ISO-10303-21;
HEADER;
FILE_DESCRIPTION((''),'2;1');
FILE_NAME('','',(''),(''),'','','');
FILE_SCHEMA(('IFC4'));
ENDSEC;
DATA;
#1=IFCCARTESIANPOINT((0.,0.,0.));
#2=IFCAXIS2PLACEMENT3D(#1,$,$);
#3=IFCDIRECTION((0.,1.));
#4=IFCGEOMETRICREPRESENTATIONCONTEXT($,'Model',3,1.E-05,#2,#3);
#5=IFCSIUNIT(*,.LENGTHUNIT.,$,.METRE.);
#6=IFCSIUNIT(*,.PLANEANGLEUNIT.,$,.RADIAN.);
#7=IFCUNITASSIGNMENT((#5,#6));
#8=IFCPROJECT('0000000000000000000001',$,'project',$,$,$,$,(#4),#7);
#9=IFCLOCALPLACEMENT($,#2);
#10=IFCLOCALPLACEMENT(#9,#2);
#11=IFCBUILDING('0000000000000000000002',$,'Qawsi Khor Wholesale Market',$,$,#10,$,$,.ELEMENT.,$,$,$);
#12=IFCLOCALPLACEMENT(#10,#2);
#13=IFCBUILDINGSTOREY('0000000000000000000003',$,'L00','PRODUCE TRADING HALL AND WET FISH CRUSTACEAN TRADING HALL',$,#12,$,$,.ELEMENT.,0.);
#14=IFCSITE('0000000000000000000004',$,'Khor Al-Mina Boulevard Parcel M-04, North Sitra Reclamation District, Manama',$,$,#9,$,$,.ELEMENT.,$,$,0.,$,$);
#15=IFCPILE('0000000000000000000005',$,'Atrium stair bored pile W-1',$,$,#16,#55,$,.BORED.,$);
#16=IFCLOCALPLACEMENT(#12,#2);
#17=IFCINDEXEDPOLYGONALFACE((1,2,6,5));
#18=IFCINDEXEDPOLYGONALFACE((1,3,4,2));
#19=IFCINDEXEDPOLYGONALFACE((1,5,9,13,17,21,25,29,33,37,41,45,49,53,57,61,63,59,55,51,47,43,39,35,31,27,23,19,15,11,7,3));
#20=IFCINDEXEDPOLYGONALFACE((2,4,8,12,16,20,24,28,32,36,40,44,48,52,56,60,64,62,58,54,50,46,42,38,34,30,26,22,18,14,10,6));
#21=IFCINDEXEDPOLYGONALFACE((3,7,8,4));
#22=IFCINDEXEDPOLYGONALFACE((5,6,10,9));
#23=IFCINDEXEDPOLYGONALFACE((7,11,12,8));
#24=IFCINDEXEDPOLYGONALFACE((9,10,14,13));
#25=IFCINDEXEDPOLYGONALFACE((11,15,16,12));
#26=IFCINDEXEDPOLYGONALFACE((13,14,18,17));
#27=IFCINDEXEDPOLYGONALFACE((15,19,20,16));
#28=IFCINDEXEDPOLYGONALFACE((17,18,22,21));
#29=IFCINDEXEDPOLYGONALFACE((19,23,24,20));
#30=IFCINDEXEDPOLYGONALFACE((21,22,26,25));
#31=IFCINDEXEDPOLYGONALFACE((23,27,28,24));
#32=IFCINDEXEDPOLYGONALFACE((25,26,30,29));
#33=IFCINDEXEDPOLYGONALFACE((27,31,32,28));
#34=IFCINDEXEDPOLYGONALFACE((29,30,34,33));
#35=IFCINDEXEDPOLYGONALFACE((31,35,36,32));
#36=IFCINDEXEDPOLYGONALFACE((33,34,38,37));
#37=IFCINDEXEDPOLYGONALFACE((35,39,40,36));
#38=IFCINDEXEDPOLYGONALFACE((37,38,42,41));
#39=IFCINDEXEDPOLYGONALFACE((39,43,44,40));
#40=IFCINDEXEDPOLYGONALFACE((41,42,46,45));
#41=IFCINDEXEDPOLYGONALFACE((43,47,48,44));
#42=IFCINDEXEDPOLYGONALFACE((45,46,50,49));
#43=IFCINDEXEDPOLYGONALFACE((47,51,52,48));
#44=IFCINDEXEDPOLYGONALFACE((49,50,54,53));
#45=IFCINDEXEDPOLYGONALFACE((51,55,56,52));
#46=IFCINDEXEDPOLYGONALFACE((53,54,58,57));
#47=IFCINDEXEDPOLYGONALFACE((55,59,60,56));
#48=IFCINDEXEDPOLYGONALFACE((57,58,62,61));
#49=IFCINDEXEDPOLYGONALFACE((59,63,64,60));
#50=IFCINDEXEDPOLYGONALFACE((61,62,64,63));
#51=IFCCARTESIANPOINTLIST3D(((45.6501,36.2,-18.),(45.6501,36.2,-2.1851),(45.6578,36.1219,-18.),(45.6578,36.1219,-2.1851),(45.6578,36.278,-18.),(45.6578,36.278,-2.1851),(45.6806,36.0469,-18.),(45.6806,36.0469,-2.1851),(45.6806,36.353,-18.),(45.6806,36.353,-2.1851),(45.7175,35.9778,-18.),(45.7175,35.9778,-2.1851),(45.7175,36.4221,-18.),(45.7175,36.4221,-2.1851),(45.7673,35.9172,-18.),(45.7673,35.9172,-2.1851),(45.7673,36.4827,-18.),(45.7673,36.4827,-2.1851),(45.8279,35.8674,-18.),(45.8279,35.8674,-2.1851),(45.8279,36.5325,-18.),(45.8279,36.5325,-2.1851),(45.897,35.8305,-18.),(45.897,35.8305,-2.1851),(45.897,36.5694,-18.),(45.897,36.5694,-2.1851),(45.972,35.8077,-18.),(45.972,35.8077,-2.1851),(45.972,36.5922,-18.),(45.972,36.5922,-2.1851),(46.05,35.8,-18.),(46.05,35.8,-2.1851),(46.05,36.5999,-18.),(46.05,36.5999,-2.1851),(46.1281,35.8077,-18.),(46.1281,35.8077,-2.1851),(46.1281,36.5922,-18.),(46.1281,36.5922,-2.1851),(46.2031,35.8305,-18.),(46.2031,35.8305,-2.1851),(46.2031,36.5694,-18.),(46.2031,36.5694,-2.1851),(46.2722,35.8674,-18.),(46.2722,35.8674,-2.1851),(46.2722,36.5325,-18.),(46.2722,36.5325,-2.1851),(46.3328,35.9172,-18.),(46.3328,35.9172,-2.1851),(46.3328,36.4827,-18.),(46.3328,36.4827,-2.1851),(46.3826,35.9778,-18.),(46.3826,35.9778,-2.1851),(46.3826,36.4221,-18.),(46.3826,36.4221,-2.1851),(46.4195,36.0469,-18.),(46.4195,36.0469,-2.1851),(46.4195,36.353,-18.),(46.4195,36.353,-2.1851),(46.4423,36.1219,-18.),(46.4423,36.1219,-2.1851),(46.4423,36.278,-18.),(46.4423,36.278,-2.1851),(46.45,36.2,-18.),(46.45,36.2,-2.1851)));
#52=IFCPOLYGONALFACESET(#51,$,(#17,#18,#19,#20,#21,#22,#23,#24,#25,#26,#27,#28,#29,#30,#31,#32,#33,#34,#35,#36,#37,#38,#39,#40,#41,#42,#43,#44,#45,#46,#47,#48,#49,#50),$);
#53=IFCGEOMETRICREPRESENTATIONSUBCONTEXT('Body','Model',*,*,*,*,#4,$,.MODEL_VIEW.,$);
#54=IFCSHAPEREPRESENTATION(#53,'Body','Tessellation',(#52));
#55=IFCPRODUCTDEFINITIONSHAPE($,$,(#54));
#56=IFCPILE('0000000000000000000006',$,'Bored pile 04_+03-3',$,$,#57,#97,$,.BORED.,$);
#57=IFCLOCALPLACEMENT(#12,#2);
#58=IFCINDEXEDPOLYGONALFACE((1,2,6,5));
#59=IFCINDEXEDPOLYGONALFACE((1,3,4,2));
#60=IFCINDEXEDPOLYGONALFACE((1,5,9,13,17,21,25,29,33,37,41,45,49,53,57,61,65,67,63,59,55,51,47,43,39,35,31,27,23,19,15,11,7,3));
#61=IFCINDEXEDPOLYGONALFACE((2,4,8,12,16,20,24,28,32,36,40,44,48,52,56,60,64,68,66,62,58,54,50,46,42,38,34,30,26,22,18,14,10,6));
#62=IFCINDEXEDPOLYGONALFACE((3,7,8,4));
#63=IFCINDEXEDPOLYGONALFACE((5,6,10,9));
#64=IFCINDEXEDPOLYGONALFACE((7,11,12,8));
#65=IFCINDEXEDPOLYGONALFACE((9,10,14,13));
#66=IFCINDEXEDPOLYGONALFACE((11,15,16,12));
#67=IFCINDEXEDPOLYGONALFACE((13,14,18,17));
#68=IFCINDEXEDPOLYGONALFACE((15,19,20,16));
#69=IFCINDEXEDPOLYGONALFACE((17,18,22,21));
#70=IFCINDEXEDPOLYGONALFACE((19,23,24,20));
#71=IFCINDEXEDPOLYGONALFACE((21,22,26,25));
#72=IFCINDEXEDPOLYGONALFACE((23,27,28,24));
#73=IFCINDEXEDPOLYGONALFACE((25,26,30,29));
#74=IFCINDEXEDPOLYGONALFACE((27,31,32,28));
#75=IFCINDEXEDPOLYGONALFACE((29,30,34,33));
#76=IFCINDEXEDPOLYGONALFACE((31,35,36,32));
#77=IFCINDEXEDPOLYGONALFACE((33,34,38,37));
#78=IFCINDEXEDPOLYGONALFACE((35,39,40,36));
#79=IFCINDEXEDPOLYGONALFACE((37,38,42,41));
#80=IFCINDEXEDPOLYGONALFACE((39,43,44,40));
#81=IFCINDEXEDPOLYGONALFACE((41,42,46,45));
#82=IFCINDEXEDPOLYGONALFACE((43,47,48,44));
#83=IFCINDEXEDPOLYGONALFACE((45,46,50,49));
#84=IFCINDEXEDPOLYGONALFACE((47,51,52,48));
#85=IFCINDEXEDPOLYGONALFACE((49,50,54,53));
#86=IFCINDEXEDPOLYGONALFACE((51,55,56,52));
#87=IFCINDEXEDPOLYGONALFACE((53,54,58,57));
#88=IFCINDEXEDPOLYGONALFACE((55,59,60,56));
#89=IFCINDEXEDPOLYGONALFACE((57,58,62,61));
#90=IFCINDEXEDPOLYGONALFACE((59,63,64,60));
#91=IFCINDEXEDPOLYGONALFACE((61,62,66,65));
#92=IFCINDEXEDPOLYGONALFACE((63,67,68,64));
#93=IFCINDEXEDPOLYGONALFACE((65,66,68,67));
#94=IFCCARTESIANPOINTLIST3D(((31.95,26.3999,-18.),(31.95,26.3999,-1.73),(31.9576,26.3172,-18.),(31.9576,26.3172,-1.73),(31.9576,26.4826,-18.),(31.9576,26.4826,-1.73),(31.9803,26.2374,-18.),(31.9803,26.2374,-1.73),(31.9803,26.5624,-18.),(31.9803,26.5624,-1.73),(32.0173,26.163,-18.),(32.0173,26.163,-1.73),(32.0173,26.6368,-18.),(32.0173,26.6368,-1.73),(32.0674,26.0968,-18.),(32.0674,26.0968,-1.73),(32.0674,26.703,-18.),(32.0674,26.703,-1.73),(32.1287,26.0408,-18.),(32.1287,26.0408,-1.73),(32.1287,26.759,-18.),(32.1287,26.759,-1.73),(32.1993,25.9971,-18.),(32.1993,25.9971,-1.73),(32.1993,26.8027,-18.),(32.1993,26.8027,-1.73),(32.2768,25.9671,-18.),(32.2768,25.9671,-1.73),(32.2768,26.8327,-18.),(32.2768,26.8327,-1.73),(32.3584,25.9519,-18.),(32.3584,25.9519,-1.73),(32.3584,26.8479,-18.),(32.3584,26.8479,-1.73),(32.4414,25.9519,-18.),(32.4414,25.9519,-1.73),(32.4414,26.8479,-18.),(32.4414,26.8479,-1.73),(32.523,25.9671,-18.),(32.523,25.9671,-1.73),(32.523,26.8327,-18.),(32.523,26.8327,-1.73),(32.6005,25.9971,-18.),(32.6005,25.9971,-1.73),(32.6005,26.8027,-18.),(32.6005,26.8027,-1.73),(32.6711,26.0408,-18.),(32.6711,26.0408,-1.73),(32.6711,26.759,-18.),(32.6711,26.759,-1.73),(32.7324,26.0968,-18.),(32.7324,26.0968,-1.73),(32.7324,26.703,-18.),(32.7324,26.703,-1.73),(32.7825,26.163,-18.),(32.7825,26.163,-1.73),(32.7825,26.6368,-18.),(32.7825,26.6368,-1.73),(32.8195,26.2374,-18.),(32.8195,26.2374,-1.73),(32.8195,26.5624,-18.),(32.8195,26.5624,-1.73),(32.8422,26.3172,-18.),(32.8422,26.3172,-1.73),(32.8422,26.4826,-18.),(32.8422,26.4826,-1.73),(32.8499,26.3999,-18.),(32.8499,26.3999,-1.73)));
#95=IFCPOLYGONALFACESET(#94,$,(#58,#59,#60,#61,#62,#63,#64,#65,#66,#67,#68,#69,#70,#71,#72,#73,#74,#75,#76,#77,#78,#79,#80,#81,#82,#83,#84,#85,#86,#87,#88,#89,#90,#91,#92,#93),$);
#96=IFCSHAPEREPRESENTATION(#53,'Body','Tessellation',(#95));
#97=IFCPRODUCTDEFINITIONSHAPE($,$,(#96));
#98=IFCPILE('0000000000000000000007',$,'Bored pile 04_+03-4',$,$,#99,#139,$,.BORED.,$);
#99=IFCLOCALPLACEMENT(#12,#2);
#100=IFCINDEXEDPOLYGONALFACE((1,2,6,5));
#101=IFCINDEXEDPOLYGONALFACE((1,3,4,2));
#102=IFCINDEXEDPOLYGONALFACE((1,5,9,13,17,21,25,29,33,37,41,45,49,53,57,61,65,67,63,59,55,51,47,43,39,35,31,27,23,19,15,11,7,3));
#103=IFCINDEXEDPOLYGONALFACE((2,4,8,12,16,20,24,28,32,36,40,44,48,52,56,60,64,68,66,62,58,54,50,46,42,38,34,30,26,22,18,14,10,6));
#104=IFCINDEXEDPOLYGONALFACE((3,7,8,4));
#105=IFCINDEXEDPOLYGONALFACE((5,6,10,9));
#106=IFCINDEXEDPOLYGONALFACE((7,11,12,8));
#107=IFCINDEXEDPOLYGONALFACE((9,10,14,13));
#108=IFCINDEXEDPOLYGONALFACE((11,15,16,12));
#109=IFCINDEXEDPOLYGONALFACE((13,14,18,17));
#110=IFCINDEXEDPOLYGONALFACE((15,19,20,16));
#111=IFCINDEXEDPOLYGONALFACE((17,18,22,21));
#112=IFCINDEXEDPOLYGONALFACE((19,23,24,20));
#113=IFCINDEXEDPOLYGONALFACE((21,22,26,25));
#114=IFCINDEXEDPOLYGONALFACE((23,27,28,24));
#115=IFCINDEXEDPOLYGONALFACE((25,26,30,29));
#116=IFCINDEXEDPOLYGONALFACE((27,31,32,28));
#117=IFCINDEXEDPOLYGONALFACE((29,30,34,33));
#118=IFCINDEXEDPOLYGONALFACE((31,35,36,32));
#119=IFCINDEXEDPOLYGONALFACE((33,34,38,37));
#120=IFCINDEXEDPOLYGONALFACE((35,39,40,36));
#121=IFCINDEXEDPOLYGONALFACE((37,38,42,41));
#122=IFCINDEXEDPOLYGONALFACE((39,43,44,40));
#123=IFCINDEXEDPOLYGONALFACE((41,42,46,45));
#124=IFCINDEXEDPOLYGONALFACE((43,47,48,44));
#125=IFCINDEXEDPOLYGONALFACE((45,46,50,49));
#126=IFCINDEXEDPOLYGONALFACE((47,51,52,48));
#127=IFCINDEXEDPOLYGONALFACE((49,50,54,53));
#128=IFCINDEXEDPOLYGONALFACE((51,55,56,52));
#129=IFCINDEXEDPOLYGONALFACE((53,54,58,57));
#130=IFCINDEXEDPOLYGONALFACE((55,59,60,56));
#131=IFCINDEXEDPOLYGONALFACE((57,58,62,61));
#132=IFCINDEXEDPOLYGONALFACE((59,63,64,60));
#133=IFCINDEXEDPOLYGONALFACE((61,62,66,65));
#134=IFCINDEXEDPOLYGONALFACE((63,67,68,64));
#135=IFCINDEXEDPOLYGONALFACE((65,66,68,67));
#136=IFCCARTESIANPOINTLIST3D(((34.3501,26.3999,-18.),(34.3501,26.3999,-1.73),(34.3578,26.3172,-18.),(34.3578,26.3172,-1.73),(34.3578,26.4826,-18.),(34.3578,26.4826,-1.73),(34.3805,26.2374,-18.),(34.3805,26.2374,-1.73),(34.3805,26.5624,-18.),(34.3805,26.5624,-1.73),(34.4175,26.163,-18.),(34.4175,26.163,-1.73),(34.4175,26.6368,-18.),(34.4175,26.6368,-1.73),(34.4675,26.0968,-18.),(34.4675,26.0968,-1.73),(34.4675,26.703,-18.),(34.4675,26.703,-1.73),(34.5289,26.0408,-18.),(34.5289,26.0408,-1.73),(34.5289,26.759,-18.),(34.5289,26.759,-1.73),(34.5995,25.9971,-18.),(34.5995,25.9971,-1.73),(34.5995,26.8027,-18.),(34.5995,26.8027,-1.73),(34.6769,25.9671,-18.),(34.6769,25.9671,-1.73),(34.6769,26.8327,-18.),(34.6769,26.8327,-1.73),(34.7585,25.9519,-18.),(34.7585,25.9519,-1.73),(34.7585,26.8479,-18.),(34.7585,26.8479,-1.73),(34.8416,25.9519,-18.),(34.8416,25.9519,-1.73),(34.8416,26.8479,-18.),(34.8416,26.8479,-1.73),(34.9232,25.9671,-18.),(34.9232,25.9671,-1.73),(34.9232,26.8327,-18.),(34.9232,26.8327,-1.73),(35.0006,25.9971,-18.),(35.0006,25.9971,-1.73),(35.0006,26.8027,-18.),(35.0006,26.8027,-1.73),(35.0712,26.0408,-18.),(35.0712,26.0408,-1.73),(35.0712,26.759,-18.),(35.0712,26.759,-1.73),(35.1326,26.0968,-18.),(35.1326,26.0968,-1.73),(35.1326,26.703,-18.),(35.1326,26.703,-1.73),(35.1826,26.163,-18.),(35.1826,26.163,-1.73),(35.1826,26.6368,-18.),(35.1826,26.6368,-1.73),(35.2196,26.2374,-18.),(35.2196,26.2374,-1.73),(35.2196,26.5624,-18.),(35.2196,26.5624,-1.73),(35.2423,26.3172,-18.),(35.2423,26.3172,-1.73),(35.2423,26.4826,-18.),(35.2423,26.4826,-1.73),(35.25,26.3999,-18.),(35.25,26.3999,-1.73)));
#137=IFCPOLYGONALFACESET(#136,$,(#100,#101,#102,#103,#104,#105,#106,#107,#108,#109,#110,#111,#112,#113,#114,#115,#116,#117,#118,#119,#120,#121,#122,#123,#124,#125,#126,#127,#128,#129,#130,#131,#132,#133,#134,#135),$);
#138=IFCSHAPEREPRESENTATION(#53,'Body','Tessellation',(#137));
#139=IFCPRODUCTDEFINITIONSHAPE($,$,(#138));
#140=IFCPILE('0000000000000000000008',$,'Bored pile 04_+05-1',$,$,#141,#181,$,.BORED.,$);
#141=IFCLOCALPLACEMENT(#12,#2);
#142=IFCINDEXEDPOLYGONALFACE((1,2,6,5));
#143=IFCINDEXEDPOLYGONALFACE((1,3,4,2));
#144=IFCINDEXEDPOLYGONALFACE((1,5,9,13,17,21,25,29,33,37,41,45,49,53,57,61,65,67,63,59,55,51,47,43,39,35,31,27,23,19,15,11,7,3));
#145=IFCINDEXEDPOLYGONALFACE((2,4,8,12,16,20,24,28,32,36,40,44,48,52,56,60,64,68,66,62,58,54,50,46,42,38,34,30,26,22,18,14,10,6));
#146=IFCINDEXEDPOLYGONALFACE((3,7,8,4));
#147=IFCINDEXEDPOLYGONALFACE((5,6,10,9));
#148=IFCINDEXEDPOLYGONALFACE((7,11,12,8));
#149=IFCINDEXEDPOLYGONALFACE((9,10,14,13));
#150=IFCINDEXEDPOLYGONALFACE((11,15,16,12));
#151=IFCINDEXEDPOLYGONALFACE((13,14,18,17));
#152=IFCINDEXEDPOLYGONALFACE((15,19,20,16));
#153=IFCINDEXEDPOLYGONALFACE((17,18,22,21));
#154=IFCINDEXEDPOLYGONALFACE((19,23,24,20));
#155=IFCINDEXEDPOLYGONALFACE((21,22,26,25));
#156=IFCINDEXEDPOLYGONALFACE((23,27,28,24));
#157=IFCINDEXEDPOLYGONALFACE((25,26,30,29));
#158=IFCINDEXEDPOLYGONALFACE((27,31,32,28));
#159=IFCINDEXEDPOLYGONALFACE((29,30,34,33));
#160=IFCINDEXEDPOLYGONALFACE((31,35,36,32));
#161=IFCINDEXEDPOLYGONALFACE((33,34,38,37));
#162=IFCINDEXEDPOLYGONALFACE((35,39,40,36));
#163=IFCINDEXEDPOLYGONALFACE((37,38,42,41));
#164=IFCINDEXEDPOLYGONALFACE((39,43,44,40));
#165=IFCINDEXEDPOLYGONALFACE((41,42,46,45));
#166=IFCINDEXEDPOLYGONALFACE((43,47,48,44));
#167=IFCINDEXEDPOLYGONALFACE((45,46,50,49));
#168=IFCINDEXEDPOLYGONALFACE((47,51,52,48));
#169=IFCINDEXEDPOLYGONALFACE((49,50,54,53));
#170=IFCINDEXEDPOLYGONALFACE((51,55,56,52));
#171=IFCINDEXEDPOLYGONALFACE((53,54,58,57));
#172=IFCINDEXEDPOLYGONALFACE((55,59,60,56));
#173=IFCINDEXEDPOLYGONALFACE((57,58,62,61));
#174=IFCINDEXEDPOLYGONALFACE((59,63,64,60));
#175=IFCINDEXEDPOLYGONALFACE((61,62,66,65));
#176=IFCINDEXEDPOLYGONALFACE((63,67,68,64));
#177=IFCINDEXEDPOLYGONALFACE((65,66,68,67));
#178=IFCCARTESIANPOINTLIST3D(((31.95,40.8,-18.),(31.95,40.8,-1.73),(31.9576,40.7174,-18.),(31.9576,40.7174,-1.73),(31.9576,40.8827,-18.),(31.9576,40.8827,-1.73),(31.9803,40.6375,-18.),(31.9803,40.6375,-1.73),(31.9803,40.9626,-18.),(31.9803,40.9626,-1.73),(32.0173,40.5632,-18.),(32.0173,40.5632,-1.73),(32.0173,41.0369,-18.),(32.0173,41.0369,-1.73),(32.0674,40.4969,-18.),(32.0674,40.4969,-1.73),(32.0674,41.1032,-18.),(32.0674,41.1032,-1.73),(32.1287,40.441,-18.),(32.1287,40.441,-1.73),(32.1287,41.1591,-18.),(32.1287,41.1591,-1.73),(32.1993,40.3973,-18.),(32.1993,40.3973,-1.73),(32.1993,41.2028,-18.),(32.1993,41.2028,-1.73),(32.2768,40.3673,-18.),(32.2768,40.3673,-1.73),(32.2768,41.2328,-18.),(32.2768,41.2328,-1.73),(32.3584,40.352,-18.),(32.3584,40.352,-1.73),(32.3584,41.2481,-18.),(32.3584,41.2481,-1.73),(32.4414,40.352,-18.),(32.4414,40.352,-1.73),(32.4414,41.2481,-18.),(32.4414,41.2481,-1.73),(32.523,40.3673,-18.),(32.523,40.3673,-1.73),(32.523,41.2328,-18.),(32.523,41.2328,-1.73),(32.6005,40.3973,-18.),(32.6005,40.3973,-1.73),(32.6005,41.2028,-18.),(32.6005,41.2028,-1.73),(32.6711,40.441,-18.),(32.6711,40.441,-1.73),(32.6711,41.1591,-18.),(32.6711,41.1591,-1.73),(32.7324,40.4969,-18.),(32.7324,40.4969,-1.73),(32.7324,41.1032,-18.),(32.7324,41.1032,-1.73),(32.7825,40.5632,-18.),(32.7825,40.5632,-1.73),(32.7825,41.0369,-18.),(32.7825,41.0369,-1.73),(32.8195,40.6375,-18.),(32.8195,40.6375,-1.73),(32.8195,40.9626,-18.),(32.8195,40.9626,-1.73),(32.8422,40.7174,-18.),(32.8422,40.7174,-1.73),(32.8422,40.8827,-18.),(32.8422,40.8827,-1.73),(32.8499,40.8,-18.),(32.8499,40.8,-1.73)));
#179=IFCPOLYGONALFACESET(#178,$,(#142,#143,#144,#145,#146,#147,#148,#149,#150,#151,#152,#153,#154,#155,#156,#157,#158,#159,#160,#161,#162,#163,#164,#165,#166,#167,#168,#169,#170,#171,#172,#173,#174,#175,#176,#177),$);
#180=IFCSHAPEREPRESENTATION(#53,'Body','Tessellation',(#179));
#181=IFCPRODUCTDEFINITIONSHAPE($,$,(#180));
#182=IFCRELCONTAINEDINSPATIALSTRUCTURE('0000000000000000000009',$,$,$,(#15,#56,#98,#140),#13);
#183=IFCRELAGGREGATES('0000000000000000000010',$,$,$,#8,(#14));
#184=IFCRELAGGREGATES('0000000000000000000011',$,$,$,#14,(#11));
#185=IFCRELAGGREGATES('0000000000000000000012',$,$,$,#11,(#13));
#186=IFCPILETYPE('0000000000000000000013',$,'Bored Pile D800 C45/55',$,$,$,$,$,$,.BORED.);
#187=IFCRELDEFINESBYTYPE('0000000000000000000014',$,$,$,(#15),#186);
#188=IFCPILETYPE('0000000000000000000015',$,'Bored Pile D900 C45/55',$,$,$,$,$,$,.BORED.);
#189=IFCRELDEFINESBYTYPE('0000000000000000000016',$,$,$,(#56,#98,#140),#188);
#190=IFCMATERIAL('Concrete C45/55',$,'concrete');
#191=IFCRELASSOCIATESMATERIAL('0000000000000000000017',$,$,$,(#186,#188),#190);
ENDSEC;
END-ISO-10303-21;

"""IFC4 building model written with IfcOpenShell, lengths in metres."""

from ifc_helpers import new_model, si_unit, direction, frame, origin, origin_2d, place, context, subcontext, project, spatial, circle, extrude, material, material_profile, profile_set, type_object, element, save


model = new_model("IFC4")

# Units and contexts
model_context = context("Model", 3, precision=1e-05, world=origin(), true_north=direction((0.0, 1.0)))
body_context = subcontext(model_context, "Body", "Model", "MODEL_VIEW")
ifc_project = project(units=[si_unit("LENGTHUNIT", "METRE"), si_unit("PLANEANGLEUNIT", "RADIAN")], contexts=[model_context])

# Site, building, storey
site_placement = place(None, origin())
site = spatial("IfcSite", under=ifc_project, at=site_placement, Name="Khor Al-Mina Boulevard Parcel M-04, North Sitra Reclamation District, Manama", CompositionType="ELEMENT", RefElevation=0.0)
building_placement = place(site_placement, origin())
building = spatial("IfcBuilding", under=site, at=building_placement, Name="Qawsi Khor Wholesale Market", CompositionType="ELEMENT")
storey_placement = place(building_placement, origin())
storey = spatial("IfcBuildingStorey", under=building, at=storey_placement, Name="L00", Description="PRODUCE TRADING HALL AND WET FISH CRUSTACEAN TRADING HALL", CompositionType="ELEMENT", Elevation=0.0)

# Piles
ifc_material_1 = material(Name="Concrete C45/55", Category="concrete")
ifc_material_profile_1 = material_profile(ifc_material_1, circle(Radius=0.3999, at=origin_2d()), Name="PILE D800")
ifc_profile_set_1 = profile_set([ifc_material_profile_1], Name="Concrete C45/55")
pile_type_1 = type_object("IfcPileType", Name="Bored Pile D800 C45/55", PredefinedType="BORED", material=ifc_profile_set_1)
pile_placement = place(storey_placement, frame((46.05, 36.2, -2.1851), z_axis=(0.0, 0.0, -1.0), x_axis=(1.0, 0.0, 0.0)))
element("IfcPile", 1, at=pile_placement, inside=storey, type_object=pile_type_1, Name="Atrium stair bored pile W-1", PredefinedType="BORED", context=body_context, shape_type="SweptSolid", body=[
    extrude(circle(Radius=0.3999, at=origin_2d()), origin(), (0.0, 0.0, 1.0), 15.8149),
])
ifc_material_profile_2 = material_profile(ifc_material_1, circle(Radius=0.45, at=origin_2d()), Name="PILE D900")
ifc_profile_set_2 = profile_set([ifc_material_profile_2], Name="Concrete C45/55")
pile_type_2 = type_object("IfcPileType", Name="Bored Pile D900 C45/55", PredefinedType="BORED", material=ifc_profile_set_2)
for number, where, z_axis, x_axis, name in (
    (2, (32.3999, 26.3999, -1.73), (0.0, 0.0, -1.0), (1.0, 0.0, 0.0), "Bored pile 04_+03-3"),
    (3, (34.8, 26.3999, -1.73), (0.0, 0.0, -1.0), (1.0, 0.0, 0.0), "Bored pile 04_+03-4"),
    (4, (32.3999, 40.8, -1.73), (0.0, 0.0, -1.0), (1.0, 0.0, 0.0), "Bored pile 04_+05-1"),
):
    element("IfcPile", number, at=place(storey_placement, frame(where, z_axis=z_axis, x_axis=x_axis)), inside=storey, type_object=pile_type_2, Name=name, PredefinedType="BORED", context=body_context, shape_type="SweptSolid", body=[
        extrude(circle(Radius=0.45, at=origin_2d()), origin(), (0.0, 0.0, 1.0), 16.27),
    ])

save(model, "model.ifc")
